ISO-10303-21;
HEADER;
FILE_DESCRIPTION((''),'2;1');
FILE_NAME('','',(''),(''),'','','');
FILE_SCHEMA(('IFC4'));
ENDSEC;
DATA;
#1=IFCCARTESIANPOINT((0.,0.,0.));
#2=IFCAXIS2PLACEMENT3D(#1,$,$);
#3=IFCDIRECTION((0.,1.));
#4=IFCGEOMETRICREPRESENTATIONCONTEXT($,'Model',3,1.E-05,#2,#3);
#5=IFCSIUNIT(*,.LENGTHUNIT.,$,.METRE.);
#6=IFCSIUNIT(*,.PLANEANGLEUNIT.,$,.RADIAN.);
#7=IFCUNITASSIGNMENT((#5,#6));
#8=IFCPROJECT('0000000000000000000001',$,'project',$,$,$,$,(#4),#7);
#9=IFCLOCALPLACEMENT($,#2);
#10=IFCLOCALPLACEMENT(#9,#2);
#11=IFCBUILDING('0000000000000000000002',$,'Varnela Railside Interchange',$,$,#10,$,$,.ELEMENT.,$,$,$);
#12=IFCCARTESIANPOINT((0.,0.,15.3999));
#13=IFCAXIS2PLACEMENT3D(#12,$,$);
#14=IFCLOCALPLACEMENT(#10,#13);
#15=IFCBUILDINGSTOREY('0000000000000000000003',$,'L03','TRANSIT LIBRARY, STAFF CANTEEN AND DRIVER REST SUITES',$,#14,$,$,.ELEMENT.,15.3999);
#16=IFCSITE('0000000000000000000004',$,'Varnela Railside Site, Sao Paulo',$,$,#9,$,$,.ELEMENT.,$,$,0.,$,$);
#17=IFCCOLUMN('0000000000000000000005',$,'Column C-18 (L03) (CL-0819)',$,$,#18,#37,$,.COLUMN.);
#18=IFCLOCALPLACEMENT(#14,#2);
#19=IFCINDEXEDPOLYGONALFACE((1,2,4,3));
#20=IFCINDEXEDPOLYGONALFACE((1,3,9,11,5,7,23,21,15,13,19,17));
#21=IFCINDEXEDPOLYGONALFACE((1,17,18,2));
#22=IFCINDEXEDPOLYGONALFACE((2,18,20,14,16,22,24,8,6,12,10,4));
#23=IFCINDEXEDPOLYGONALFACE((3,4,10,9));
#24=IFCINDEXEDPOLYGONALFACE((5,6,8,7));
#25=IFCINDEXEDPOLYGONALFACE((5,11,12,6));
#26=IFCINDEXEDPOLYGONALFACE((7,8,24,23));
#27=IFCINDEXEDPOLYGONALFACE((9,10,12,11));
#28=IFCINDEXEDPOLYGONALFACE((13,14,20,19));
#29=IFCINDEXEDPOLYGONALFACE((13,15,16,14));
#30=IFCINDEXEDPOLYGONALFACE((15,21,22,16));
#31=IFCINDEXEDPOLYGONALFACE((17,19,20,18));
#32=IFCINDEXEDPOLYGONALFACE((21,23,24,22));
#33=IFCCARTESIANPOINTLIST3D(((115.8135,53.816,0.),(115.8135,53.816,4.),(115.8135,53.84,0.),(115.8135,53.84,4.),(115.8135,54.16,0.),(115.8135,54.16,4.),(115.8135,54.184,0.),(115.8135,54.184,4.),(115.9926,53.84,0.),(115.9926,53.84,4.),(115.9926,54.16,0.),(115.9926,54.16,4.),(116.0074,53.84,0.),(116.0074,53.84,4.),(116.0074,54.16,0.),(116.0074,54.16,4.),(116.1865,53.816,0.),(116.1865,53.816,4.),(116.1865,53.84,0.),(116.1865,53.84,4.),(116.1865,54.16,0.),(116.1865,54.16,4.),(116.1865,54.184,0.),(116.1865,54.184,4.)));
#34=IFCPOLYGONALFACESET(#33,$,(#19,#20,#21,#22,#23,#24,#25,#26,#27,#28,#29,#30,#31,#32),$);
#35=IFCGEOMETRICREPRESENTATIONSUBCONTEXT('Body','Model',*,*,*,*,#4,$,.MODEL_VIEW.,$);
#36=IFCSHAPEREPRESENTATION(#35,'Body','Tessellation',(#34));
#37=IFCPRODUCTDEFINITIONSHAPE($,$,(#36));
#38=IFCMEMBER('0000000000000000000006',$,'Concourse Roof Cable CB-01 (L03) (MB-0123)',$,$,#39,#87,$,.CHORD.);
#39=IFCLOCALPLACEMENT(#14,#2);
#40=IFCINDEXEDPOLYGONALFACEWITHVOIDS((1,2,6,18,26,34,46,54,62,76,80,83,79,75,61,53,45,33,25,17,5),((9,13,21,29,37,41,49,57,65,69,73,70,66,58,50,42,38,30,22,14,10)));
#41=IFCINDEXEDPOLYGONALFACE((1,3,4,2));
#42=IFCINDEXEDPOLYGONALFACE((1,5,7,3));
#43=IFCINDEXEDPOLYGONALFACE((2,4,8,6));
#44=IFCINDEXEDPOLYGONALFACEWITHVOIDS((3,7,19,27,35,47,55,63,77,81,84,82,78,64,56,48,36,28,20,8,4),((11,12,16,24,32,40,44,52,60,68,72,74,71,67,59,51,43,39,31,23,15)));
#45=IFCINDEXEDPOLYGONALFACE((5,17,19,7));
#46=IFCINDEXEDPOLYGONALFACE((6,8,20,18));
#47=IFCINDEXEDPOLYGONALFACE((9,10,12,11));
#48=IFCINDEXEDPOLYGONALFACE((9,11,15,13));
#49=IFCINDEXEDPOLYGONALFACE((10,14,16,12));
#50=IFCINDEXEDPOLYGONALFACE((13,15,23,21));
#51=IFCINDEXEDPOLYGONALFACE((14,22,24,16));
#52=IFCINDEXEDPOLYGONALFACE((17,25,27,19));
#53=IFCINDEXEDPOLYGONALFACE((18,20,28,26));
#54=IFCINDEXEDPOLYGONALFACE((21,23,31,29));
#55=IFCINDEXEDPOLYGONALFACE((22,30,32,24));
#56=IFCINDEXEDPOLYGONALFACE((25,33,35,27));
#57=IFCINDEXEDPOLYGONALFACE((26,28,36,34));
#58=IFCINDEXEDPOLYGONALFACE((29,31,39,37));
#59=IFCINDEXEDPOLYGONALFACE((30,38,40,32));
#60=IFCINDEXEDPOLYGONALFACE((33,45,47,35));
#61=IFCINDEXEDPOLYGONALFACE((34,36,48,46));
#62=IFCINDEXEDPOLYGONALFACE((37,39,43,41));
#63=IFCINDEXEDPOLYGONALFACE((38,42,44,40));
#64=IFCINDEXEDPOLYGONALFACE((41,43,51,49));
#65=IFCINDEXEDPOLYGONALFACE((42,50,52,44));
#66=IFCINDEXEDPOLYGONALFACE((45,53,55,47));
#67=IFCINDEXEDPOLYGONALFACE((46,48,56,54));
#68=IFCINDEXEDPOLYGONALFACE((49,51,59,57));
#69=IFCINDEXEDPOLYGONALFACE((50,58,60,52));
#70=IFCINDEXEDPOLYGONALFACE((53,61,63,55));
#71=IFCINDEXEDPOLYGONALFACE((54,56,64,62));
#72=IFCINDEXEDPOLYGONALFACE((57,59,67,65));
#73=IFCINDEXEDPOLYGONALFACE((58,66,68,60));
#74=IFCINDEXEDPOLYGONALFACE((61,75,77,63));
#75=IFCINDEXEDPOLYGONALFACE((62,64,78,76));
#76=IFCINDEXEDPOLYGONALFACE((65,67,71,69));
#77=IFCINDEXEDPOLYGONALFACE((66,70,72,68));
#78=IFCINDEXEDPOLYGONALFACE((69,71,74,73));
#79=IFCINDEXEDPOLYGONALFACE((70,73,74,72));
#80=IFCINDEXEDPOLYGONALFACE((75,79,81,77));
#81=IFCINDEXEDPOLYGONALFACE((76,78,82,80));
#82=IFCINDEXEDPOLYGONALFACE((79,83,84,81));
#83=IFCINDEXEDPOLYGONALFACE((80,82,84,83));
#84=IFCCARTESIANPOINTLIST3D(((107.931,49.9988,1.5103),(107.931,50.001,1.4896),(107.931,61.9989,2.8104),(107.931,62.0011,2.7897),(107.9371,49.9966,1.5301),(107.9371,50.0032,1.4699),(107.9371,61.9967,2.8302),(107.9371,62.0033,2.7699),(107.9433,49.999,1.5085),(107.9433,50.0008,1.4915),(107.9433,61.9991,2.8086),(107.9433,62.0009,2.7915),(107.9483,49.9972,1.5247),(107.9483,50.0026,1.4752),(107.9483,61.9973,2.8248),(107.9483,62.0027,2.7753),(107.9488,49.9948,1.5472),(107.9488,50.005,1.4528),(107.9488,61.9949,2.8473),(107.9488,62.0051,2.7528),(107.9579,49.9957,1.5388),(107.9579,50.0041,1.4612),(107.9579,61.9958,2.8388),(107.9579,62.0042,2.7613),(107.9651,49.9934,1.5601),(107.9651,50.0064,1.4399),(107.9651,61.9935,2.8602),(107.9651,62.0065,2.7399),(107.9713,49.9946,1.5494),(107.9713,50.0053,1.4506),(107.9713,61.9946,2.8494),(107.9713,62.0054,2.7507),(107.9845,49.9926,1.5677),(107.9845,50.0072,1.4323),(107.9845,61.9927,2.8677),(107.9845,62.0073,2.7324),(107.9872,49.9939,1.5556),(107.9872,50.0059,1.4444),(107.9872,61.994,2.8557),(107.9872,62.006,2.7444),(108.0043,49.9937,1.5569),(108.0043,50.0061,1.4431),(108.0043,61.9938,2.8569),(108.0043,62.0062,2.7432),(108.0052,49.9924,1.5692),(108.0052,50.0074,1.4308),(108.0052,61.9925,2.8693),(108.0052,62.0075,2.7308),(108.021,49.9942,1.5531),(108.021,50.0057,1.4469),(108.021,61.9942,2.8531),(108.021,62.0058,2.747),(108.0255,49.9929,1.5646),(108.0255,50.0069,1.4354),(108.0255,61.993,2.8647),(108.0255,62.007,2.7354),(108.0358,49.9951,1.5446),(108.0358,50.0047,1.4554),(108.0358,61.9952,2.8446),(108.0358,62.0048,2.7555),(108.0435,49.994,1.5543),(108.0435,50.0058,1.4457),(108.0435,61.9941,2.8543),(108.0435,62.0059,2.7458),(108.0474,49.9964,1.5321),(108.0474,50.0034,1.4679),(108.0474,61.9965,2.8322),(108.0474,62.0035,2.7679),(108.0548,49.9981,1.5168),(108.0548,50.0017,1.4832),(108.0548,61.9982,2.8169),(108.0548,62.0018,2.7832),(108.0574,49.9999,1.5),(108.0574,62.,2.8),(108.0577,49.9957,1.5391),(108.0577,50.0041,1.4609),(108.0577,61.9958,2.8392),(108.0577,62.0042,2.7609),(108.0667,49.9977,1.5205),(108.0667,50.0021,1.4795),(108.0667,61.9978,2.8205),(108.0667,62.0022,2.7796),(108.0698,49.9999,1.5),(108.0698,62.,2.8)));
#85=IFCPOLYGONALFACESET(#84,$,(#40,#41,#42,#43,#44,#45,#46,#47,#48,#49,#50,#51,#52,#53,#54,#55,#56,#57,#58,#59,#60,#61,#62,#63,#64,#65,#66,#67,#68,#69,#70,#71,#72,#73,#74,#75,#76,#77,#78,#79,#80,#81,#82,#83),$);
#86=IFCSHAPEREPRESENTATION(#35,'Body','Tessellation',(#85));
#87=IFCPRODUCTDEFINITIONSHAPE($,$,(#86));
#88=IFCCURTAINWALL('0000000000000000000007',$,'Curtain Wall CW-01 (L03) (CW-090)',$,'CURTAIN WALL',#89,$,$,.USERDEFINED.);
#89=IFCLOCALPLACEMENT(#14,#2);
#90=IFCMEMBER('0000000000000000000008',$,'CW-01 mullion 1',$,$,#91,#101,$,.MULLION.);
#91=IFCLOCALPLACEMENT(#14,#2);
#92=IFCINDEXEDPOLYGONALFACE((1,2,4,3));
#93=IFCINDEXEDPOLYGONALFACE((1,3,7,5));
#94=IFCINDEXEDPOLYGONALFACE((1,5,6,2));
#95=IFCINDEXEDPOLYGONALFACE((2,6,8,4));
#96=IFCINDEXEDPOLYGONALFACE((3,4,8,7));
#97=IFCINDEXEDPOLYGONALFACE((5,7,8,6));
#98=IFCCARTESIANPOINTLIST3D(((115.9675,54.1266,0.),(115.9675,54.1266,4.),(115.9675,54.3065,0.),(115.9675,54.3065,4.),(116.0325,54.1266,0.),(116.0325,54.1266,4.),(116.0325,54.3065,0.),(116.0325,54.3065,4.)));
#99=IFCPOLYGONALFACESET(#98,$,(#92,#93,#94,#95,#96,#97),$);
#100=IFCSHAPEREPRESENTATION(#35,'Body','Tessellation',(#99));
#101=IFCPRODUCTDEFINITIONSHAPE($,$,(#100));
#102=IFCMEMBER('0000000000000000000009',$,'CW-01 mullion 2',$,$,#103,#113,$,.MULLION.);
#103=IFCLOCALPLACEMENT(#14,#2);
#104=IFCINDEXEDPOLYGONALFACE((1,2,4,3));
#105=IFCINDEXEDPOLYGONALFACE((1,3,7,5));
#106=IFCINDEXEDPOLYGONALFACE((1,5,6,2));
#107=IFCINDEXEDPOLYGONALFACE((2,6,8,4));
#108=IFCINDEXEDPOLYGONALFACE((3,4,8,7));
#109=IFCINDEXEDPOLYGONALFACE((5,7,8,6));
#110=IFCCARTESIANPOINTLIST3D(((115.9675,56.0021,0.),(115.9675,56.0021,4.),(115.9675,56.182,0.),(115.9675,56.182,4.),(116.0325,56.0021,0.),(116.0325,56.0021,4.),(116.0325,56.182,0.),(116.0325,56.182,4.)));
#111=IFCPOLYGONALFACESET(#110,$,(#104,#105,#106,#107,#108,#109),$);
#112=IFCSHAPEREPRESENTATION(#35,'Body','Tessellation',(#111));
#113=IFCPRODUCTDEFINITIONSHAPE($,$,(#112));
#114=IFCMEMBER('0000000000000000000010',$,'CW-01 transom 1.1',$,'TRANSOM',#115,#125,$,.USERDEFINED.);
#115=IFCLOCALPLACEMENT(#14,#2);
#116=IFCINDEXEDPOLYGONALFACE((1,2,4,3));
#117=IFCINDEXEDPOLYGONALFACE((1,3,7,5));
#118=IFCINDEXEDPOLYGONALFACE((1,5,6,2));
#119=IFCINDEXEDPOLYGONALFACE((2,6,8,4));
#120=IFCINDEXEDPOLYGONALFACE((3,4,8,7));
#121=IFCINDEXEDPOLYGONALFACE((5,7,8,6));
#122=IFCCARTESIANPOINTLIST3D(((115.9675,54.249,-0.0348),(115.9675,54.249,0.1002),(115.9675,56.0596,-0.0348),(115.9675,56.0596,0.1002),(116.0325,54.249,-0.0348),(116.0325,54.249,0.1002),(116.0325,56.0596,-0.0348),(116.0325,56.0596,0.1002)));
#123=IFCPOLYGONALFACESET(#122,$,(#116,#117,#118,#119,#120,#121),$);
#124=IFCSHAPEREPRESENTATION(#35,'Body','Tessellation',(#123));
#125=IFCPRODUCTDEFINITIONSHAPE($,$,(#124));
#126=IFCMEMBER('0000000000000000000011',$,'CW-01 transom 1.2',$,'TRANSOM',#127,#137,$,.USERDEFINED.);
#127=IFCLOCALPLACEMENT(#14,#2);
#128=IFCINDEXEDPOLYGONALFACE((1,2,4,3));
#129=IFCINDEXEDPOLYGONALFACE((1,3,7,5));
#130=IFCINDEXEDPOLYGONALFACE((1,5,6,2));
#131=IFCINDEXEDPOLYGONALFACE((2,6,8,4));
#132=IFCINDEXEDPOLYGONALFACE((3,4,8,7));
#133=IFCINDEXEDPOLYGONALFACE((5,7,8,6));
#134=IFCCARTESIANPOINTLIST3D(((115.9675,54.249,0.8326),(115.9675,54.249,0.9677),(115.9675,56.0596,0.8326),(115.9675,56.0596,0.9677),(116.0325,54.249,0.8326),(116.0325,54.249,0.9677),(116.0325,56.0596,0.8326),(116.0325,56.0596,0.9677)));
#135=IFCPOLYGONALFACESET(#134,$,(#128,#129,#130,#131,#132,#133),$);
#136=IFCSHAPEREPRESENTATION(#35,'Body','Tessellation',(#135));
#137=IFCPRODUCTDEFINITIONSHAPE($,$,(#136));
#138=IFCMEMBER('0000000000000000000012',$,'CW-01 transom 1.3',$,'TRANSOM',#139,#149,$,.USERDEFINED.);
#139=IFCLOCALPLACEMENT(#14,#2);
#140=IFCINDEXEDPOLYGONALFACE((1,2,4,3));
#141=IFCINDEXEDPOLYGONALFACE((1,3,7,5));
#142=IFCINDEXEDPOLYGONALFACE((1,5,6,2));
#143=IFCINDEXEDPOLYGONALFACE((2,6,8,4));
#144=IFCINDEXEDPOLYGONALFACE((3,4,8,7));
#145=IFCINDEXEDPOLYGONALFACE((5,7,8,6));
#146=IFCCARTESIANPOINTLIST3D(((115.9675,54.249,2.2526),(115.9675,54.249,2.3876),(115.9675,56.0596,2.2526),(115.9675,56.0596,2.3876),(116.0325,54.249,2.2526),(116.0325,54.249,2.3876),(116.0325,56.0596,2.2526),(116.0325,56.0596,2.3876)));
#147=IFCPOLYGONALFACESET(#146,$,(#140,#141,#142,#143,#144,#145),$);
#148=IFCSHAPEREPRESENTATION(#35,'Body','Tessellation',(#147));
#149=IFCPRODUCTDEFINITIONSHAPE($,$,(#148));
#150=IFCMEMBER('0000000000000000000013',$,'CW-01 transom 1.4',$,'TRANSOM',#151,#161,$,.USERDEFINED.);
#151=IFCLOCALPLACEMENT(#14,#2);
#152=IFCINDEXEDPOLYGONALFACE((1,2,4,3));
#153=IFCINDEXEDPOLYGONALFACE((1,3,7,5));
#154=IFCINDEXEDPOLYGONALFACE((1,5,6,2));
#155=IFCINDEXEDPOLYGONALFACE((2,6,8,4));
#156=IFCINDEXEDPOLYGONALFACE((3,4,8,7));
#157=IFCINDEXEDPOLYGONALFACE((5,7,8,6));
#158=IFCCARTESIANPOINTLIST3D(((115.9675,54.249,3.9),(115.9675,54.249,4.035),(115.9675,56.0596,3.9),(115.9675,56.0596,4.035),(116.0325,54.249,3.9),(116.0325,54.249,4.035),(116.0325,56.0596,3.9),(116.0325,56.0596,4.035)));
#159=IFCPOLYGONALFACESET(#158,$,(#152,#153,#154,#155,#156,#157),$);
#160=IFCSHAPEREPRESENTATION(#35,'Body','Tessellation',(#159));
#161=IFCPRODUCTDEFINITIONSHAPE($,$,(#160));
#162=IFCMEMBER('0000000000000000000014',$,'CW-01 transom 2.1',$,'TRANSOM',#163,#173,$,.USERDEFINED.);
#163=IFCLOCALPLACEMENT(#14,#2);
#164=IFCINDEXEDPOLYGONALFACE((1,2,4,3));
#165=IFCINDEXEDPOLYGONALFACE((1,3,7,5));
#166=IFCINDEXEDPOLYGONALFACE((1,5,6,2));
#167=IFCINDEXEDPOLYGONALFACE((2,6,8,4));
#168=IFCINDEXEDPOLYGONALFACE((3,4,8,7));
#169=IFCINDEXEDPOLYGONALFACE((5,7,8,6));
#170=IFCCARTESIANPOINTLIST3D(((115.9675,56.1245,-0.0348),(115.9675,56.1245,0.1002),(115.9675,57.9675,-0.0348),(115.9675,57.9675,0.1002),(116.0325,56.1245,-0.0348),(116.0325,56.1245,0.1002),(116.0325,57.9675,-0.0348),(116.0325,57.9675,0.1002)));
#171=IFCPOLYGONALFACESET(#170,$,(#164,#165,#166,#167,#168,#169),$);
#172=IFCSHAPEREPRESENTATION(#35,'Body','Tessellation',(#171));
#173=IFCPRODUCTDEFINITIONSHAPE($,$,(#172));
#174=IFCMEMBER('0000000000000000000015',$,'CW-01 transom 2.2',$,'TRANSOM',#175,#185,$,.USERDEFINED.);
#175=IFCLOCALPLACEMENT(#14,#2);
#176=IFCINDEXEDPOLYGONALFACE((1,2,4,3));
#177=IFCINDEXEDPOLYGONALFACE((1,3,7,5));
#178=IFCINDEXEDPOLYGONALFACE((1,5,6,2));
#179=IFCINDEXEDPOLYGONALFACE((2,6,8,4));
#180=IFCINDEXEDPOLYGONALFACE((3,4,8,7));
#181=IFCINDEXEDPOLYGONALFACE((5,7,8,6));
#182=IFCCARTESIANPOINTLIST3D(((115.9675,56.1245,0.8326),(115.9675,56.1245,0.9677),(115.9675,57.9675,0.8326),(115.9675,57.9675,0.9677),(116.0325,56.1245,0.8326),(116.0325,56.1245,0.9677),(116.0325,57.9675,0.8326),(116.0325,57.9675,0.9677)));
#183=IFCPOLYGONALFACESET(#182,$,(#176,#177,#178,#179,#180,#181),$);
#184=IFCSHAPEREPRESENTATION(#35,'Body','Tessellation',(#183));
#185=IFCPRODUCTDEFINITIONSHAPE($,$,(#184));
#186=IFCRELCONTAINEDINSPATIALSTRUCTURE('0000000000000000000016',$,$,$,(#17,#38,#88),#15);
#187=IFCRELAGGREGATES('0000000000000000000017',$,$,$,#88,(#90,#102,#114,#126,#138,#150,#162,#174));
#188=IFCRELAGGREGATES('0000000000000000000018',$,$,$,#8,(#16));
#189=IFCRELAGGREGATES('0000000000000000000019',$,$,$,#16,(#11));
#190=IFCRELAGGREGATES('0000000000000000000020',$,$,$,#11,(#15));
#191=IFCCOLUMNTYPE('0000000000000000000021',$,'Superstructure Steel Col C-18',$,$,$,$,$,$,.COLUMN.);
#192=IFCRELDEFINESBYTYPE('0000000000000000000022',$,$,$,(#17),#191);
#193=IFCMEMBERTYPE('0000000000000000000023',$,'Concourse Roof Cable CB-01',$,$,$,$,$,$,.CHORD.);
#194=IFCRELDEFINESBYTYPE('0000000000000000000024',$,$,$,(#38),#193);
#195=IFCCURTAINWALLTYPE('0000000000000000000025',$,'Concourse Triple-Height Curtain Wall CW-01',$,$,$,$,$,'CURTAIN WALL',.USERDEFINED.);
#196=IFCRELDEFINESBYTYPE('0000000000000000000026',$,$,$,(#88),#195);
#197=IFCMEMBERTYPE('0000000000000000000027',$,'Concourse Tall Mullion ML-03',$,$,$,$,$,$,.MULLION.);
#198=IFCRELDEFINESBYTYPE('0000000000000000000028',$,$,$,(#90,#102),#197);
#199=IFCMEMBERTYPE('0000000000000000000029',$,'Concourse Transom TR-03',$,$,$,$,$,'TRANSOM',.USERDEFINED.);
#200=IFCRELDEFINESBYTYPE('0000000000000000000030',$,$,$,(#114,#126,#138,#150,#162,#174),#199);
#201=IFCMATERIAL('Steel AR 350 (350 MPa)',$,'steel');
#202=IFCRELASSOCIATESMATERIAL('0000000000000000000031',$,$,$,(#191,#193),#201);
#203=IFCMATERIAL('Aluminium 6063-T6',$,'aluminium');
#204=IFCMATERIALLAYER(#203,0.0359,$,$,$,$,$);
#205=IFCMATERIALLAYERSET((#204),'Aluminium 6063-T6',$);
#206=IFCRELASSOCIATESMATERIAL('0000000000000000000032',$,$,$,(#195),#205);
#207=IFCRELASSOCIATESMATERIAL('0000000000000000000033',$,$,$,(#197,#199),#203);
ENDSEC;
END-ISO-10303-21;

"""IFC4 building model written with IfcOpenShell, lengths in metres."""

from ifc_helpers import new_model, si_unit, direction, frame, origin, origin_2d, place, context, subcontext, project, spatial, rectangle, hollow_circle, i_section, extrude, material, layer, layer_set, material_profile, profile_set, type_object, element, aggregate, save


model = new_model("IFC4")

# Units and contexts
model_context = context("Model", 3, precision=1e-05, world=origin(), true_north=direction((0.0, 1.0)))
body_context = subcontext(model_context, "Body", "Model", "MODEL_VIEW")
ifc_project = project(units=[si_unit("LENGTHUNIT", "METRE"), si_unit("PLANEANGLEUNIT", "RADIAN")], contexts=[model_context])

# Site, building, storey
site_placement = place(None, origin())
site = spatial("IfcSite", under=ifc_project, at=site_placement, Name="Varnela Railside Site, Sao Paulo", CompositionType="ELEMENT", RefElevation=0.0)
building_placement = place(site_placement, origin())
building = spatial("IfcBuilding", under=site, at=building_placement, Name="Varnela Railside Interchange", CompositionType="ELEMENT")
storey_placement = place(building_placement, frame((0.0, 0.0, 15.3999)))
storey = spatial("IfcBuildingStorey", under=building, at=storey_placement, Name="L03", Description="TRANSIT LIBRARY, STAFF CANTEEN AND DRIVER REST SUITES", CompositionType="ELEMENT", Elevation=15.3999)

# Column
ifc_material_1 = material(Name="Steel AR 350 (350 MPa)", Category="steel")
ifc_material_profile_1 = material_profile(ifc_material_1, i_section(OverallWidth=0.373, OverallDepth=0.3679, WebThickness=0.0149, FlangeThickness=0.0239, at=origin_2d()), Name="W360x179")
ifc_profile_set_1 = profile_set([ifc_material_profile_1], Name="Steel AR 350 (350 MPa)")
column_type = type_object("IfcColumnType", Name="Superstructure Steel Col C-18", PredefinedType="COLUMN", material=ifc_profile_set_1)
column_placement = place(storey_placement, frame((116.0, 54.0, 0.0), z_axis=(0.0, 0.0, 1.0), x_axis=(1.0, 0.0, 0.0)))
element("IfcColumn", 1, at=column_placement, inside=storey, type_object=column_type, Name="Column C-18 (L03) (CL-0819)", PredefinedType="COLUMN", context=body_context, shape_type="SweptSolid", body=[
    extrude(i_section(OverallWidth=0.373, OverallDepth=0.3679, WebThickness=0.0149, FlangeThickness=0.0239, at=origin_2d()), origin(), (0.0, 0.0, 1.0), 4.0),
])

# Member
ifc_material_profile_2 = material_profile(ifc_material_1, hollow_circle(Radius=0.0698, WallThickness=0.0125, at=origin_2d()), Name="CHS 139.7x12.5")
ifc_profile_set_2 = profile_set([ifc_material_profile_2], Name="Steel AR 350 (350 MPa)")
member_type_1 = type_object("IfcMemberType", Name="Concourse Roof Cable CB-01", PredefinedType="CHORD", material=ifc_profile_set_2)
member_1_placement = place(storey_placement, frame((108.0, 62.0, 2.8), z_axis=(0.0, -0.994183, -0.107707), x_axis=(1.0, 0.0, 0.0)))
element("IfcMember", 2, at=member_1_placement, inside=storey, type_object=member_type_1, Name="Concourse Roof Cable CB-01 (L03) (MB-0123)", PredefinedType="CHORD", context=body_context, shape_type="SweptSolid", body=[
    extrude(hollow_circle(Radius=0.0698, WallThickness=0.0125, at=origin_2d()), origin(), (0.0, 0.0, 1.0), 12.0703),
])

# Curtain wall, members
ifc_material_2 = material(Name="Aluminium 6063-T6", Category="aluminium")
ifc_layer_1 = layer(ifc_material_2, 0.0359)
ifc_layer_set_1 = layer_set([ifc_layer_1], Name="Aluminium 6063-T6")
curtain_wall_type = type_object("IfcCurtainWallType", Name="Concourse Triple-Height Curtain Wall CW-01", ElementType="CURTAIN WALL", PredefinedType="USERDEFINED", material=ifc_layer_set_1)
curtain_wall_placement = place(storey_placement, origin())
curtain_wall = element("IfcCurtainWall", 3, at=curtain_wall_placement, inside=storey, type_object=curtain_wall_type, Name="Curtain Wall CW-01 (L03) (CW-090)", ObjectType="CURTAIN WALL", PredefinedType="USERDEFINED")
ifc_material_profile_3 = material_profile(ifc_material_2, rectangle(XDim=0.0649, YDim=0.1799, at=origin_2d()), Name="ALU 65x180")
ifc_profile_set_3 = profile_set([ifc_material_profile_3], Name="Aluminium 6063-T6")
member_type_2 = type_object("IfcMemberType", Name="Concourse Tall Mullion ML-03", PredefinedType="MULLION", material=ifc_profile_set_3)
member_2_placement = place(storey_placement, frame((116.0, 54.2166, 0.0), z_axis=(0.0, 0.0, 1.0), x_axis=(-1.0, 0.0, 0.0)))
member_2 = element("IfcMember", 4, at=member_2_placement, type_object=member_type_2, Name="CW-01 mullion 1", PredefinedType="MULLION", context=body_context, shape_type="SweptSolid", body=[
    extrude(rectangle(XDim=0.0649, YDim=0.1799, at=origin_2d()), origin(), (0.0, 0.0, 1.0), 4.0),
])
member_3_placement = place(storey_placement, frame((116.0, 56.092, 0.0), z_axis=(0.0, 0.0, 1.0), x_axis=(-1.0, 0.0, 0.0)))
member_3 = element("IfcMember", 5, at=member_3_placement, type_object=member_type_2, Name="CW-01 mullion 2", PredefinedType="MULLION", context=body_context, shape_type="SweptSolid", body=[
    extrude(rectangle(XDim=0.0649, YDim=0.1799, at=origin_2d()), origin(), (0.0, 0.0, 1.0), 4.0),
])
ifc_material_profile_4 = material_profile(ifc_material_2, rectangle(XDim=0.0649, YDim=0.135, at=origin_2d()), Name="ALU 65x135")
ifc_profile_set_4 = profile_set([ifc_material_profile_4], Name="Aluminium 6063-T6")
member_type_3 = type_object("IfcMemberType", Name="Concourse Transom TR-03", ElementType="TRANSOM", PredefinedType="USERDEFINED", material=ifc_profile_set_4)
member_4_placement = place(storey_placement, frame((116.0, 54.249, 0.0327), z_axis=(0.0, 1.0, 0.0), x_axis=(-1.0, 0.0, 0.0)))
member_4 = element("IfcMember", 6, at=member_4_placement, type_object=member_type_3, Name="CW-01 transom 1.1", ObjectType="TRANSOM", PredefinedType="USERDEFINED", context=body_context, shape_type="SweptSolid", body=[
    extrude(rectangle(XDim=0.0649, YDim=0.135, at=origin_2d()), origin(), (0.0, 0.0, 1.0), 1.8105),
])
member_5_placement = place(storey_placement, frame((116.0, 54.249, 0.9001), z_axis=(0.0, 1.0, 0.0), x_axis=(-1.0, 0.0, 0.0)))
member_5 = element("IfcMember", 7, at=member_5_placement, type_object=member_type_3, Name="CW-01 transom 1.2", ObjectType="TRANSOM", PredefinedType="USERDEFINED", context=body_context, shape_type="SweptSolid", body=[
    extrude(rectangle(XDim=0.0649, YDim=0.135, at=origin_2d()), origin(), (0.0, 0.0, 1.0), 1.8105),
])
member_6_placement = place(storey_placement, frame((116.0, 54.249, 2.3201), z_axis=(0.0, 1.0, 0.0), x_axis=(-1.0, 0.0, 0.0)))
member_6 = element("IfcMember", 8, at=member_6_placement, type_object=member_type_3, Name="CW-01 transom 1.3", ObjectType="TRANSOM", PredefinedType="USERDEFINED", context=body_context, shape_type="SweptSolid", body=[
    extrude(rectangle(XDim=0.0649, YDim=0.135, at=origin_2d()), origin(), (0.0, 0.0, 1.0), 1.8105),
])
member_7_placement = place(storey_placement, frame((116.0, 54.249, 3.9675), z_axis=(0.0, 1.0, 0.0), x_axis=(-1.0, 0.0, 0.0)))
member_7 = element("IfcMember", 9, at=member_7_placement, type_object=member_type_3, Name="CW-01 transom 1.4", ObjectType="TRANSOM", PredefinedType="USERDEFINED", context=body_context, shape_type="SweptSolid", body=[
    extrude(rectangle(XDim=0.0649, YDim=0.135, at=origin_2d()), origin(), (0.0, 0.0, 1.0), 1.8105),
])
member_8_placement = place(storey_placement, frame((116.0, 56.1245, 0.0327), z_axis=(0.0, 1.0, 0.0), x_axis=(-1.0, 0.0, 0.0)))
member_8 = element("IfcMember", 10, at=member_8_placement, type_object=member_type_3, Name="CW-01 transom 2.1", ObjectType="TRANSOM", PredefinedType="USERDEFINED", context=body_context, shape_type="SweptSolid", body=[
    extrude(rectangle(XDim=0.0649, YDim=0.135, at=origin_2d()), origin(), (0.0, 0.0, 1.0), 1.843),
])
member_9_placement = place(storey_placement, frame((116.0, 56.1245, 0.9001), z_axis=(0.0, 1.0, 0.0), x_axis=(-1.0, 0.0, 0.0)))
member_9 = element("IfcMember", 11, at=member_9_placement, type_object=member_type_3, Name="CW-01 transom 2.2", ObjectType="TRANSOM", PredefinedType="USERDEFINED", context=body_context, shape_type="SweptSolid", body=[
    extrude(rectangle(XDim=0.0649, YDim=0.135, at=origin_2d()), origin(), (0.0, 0.0, 1.0), 1.843),
])

aggregate(curtain_wall, [member_2, member_3, member_4, member_5, member_6, member_7, member_8, member_9])

save(model, "model.ifc")
